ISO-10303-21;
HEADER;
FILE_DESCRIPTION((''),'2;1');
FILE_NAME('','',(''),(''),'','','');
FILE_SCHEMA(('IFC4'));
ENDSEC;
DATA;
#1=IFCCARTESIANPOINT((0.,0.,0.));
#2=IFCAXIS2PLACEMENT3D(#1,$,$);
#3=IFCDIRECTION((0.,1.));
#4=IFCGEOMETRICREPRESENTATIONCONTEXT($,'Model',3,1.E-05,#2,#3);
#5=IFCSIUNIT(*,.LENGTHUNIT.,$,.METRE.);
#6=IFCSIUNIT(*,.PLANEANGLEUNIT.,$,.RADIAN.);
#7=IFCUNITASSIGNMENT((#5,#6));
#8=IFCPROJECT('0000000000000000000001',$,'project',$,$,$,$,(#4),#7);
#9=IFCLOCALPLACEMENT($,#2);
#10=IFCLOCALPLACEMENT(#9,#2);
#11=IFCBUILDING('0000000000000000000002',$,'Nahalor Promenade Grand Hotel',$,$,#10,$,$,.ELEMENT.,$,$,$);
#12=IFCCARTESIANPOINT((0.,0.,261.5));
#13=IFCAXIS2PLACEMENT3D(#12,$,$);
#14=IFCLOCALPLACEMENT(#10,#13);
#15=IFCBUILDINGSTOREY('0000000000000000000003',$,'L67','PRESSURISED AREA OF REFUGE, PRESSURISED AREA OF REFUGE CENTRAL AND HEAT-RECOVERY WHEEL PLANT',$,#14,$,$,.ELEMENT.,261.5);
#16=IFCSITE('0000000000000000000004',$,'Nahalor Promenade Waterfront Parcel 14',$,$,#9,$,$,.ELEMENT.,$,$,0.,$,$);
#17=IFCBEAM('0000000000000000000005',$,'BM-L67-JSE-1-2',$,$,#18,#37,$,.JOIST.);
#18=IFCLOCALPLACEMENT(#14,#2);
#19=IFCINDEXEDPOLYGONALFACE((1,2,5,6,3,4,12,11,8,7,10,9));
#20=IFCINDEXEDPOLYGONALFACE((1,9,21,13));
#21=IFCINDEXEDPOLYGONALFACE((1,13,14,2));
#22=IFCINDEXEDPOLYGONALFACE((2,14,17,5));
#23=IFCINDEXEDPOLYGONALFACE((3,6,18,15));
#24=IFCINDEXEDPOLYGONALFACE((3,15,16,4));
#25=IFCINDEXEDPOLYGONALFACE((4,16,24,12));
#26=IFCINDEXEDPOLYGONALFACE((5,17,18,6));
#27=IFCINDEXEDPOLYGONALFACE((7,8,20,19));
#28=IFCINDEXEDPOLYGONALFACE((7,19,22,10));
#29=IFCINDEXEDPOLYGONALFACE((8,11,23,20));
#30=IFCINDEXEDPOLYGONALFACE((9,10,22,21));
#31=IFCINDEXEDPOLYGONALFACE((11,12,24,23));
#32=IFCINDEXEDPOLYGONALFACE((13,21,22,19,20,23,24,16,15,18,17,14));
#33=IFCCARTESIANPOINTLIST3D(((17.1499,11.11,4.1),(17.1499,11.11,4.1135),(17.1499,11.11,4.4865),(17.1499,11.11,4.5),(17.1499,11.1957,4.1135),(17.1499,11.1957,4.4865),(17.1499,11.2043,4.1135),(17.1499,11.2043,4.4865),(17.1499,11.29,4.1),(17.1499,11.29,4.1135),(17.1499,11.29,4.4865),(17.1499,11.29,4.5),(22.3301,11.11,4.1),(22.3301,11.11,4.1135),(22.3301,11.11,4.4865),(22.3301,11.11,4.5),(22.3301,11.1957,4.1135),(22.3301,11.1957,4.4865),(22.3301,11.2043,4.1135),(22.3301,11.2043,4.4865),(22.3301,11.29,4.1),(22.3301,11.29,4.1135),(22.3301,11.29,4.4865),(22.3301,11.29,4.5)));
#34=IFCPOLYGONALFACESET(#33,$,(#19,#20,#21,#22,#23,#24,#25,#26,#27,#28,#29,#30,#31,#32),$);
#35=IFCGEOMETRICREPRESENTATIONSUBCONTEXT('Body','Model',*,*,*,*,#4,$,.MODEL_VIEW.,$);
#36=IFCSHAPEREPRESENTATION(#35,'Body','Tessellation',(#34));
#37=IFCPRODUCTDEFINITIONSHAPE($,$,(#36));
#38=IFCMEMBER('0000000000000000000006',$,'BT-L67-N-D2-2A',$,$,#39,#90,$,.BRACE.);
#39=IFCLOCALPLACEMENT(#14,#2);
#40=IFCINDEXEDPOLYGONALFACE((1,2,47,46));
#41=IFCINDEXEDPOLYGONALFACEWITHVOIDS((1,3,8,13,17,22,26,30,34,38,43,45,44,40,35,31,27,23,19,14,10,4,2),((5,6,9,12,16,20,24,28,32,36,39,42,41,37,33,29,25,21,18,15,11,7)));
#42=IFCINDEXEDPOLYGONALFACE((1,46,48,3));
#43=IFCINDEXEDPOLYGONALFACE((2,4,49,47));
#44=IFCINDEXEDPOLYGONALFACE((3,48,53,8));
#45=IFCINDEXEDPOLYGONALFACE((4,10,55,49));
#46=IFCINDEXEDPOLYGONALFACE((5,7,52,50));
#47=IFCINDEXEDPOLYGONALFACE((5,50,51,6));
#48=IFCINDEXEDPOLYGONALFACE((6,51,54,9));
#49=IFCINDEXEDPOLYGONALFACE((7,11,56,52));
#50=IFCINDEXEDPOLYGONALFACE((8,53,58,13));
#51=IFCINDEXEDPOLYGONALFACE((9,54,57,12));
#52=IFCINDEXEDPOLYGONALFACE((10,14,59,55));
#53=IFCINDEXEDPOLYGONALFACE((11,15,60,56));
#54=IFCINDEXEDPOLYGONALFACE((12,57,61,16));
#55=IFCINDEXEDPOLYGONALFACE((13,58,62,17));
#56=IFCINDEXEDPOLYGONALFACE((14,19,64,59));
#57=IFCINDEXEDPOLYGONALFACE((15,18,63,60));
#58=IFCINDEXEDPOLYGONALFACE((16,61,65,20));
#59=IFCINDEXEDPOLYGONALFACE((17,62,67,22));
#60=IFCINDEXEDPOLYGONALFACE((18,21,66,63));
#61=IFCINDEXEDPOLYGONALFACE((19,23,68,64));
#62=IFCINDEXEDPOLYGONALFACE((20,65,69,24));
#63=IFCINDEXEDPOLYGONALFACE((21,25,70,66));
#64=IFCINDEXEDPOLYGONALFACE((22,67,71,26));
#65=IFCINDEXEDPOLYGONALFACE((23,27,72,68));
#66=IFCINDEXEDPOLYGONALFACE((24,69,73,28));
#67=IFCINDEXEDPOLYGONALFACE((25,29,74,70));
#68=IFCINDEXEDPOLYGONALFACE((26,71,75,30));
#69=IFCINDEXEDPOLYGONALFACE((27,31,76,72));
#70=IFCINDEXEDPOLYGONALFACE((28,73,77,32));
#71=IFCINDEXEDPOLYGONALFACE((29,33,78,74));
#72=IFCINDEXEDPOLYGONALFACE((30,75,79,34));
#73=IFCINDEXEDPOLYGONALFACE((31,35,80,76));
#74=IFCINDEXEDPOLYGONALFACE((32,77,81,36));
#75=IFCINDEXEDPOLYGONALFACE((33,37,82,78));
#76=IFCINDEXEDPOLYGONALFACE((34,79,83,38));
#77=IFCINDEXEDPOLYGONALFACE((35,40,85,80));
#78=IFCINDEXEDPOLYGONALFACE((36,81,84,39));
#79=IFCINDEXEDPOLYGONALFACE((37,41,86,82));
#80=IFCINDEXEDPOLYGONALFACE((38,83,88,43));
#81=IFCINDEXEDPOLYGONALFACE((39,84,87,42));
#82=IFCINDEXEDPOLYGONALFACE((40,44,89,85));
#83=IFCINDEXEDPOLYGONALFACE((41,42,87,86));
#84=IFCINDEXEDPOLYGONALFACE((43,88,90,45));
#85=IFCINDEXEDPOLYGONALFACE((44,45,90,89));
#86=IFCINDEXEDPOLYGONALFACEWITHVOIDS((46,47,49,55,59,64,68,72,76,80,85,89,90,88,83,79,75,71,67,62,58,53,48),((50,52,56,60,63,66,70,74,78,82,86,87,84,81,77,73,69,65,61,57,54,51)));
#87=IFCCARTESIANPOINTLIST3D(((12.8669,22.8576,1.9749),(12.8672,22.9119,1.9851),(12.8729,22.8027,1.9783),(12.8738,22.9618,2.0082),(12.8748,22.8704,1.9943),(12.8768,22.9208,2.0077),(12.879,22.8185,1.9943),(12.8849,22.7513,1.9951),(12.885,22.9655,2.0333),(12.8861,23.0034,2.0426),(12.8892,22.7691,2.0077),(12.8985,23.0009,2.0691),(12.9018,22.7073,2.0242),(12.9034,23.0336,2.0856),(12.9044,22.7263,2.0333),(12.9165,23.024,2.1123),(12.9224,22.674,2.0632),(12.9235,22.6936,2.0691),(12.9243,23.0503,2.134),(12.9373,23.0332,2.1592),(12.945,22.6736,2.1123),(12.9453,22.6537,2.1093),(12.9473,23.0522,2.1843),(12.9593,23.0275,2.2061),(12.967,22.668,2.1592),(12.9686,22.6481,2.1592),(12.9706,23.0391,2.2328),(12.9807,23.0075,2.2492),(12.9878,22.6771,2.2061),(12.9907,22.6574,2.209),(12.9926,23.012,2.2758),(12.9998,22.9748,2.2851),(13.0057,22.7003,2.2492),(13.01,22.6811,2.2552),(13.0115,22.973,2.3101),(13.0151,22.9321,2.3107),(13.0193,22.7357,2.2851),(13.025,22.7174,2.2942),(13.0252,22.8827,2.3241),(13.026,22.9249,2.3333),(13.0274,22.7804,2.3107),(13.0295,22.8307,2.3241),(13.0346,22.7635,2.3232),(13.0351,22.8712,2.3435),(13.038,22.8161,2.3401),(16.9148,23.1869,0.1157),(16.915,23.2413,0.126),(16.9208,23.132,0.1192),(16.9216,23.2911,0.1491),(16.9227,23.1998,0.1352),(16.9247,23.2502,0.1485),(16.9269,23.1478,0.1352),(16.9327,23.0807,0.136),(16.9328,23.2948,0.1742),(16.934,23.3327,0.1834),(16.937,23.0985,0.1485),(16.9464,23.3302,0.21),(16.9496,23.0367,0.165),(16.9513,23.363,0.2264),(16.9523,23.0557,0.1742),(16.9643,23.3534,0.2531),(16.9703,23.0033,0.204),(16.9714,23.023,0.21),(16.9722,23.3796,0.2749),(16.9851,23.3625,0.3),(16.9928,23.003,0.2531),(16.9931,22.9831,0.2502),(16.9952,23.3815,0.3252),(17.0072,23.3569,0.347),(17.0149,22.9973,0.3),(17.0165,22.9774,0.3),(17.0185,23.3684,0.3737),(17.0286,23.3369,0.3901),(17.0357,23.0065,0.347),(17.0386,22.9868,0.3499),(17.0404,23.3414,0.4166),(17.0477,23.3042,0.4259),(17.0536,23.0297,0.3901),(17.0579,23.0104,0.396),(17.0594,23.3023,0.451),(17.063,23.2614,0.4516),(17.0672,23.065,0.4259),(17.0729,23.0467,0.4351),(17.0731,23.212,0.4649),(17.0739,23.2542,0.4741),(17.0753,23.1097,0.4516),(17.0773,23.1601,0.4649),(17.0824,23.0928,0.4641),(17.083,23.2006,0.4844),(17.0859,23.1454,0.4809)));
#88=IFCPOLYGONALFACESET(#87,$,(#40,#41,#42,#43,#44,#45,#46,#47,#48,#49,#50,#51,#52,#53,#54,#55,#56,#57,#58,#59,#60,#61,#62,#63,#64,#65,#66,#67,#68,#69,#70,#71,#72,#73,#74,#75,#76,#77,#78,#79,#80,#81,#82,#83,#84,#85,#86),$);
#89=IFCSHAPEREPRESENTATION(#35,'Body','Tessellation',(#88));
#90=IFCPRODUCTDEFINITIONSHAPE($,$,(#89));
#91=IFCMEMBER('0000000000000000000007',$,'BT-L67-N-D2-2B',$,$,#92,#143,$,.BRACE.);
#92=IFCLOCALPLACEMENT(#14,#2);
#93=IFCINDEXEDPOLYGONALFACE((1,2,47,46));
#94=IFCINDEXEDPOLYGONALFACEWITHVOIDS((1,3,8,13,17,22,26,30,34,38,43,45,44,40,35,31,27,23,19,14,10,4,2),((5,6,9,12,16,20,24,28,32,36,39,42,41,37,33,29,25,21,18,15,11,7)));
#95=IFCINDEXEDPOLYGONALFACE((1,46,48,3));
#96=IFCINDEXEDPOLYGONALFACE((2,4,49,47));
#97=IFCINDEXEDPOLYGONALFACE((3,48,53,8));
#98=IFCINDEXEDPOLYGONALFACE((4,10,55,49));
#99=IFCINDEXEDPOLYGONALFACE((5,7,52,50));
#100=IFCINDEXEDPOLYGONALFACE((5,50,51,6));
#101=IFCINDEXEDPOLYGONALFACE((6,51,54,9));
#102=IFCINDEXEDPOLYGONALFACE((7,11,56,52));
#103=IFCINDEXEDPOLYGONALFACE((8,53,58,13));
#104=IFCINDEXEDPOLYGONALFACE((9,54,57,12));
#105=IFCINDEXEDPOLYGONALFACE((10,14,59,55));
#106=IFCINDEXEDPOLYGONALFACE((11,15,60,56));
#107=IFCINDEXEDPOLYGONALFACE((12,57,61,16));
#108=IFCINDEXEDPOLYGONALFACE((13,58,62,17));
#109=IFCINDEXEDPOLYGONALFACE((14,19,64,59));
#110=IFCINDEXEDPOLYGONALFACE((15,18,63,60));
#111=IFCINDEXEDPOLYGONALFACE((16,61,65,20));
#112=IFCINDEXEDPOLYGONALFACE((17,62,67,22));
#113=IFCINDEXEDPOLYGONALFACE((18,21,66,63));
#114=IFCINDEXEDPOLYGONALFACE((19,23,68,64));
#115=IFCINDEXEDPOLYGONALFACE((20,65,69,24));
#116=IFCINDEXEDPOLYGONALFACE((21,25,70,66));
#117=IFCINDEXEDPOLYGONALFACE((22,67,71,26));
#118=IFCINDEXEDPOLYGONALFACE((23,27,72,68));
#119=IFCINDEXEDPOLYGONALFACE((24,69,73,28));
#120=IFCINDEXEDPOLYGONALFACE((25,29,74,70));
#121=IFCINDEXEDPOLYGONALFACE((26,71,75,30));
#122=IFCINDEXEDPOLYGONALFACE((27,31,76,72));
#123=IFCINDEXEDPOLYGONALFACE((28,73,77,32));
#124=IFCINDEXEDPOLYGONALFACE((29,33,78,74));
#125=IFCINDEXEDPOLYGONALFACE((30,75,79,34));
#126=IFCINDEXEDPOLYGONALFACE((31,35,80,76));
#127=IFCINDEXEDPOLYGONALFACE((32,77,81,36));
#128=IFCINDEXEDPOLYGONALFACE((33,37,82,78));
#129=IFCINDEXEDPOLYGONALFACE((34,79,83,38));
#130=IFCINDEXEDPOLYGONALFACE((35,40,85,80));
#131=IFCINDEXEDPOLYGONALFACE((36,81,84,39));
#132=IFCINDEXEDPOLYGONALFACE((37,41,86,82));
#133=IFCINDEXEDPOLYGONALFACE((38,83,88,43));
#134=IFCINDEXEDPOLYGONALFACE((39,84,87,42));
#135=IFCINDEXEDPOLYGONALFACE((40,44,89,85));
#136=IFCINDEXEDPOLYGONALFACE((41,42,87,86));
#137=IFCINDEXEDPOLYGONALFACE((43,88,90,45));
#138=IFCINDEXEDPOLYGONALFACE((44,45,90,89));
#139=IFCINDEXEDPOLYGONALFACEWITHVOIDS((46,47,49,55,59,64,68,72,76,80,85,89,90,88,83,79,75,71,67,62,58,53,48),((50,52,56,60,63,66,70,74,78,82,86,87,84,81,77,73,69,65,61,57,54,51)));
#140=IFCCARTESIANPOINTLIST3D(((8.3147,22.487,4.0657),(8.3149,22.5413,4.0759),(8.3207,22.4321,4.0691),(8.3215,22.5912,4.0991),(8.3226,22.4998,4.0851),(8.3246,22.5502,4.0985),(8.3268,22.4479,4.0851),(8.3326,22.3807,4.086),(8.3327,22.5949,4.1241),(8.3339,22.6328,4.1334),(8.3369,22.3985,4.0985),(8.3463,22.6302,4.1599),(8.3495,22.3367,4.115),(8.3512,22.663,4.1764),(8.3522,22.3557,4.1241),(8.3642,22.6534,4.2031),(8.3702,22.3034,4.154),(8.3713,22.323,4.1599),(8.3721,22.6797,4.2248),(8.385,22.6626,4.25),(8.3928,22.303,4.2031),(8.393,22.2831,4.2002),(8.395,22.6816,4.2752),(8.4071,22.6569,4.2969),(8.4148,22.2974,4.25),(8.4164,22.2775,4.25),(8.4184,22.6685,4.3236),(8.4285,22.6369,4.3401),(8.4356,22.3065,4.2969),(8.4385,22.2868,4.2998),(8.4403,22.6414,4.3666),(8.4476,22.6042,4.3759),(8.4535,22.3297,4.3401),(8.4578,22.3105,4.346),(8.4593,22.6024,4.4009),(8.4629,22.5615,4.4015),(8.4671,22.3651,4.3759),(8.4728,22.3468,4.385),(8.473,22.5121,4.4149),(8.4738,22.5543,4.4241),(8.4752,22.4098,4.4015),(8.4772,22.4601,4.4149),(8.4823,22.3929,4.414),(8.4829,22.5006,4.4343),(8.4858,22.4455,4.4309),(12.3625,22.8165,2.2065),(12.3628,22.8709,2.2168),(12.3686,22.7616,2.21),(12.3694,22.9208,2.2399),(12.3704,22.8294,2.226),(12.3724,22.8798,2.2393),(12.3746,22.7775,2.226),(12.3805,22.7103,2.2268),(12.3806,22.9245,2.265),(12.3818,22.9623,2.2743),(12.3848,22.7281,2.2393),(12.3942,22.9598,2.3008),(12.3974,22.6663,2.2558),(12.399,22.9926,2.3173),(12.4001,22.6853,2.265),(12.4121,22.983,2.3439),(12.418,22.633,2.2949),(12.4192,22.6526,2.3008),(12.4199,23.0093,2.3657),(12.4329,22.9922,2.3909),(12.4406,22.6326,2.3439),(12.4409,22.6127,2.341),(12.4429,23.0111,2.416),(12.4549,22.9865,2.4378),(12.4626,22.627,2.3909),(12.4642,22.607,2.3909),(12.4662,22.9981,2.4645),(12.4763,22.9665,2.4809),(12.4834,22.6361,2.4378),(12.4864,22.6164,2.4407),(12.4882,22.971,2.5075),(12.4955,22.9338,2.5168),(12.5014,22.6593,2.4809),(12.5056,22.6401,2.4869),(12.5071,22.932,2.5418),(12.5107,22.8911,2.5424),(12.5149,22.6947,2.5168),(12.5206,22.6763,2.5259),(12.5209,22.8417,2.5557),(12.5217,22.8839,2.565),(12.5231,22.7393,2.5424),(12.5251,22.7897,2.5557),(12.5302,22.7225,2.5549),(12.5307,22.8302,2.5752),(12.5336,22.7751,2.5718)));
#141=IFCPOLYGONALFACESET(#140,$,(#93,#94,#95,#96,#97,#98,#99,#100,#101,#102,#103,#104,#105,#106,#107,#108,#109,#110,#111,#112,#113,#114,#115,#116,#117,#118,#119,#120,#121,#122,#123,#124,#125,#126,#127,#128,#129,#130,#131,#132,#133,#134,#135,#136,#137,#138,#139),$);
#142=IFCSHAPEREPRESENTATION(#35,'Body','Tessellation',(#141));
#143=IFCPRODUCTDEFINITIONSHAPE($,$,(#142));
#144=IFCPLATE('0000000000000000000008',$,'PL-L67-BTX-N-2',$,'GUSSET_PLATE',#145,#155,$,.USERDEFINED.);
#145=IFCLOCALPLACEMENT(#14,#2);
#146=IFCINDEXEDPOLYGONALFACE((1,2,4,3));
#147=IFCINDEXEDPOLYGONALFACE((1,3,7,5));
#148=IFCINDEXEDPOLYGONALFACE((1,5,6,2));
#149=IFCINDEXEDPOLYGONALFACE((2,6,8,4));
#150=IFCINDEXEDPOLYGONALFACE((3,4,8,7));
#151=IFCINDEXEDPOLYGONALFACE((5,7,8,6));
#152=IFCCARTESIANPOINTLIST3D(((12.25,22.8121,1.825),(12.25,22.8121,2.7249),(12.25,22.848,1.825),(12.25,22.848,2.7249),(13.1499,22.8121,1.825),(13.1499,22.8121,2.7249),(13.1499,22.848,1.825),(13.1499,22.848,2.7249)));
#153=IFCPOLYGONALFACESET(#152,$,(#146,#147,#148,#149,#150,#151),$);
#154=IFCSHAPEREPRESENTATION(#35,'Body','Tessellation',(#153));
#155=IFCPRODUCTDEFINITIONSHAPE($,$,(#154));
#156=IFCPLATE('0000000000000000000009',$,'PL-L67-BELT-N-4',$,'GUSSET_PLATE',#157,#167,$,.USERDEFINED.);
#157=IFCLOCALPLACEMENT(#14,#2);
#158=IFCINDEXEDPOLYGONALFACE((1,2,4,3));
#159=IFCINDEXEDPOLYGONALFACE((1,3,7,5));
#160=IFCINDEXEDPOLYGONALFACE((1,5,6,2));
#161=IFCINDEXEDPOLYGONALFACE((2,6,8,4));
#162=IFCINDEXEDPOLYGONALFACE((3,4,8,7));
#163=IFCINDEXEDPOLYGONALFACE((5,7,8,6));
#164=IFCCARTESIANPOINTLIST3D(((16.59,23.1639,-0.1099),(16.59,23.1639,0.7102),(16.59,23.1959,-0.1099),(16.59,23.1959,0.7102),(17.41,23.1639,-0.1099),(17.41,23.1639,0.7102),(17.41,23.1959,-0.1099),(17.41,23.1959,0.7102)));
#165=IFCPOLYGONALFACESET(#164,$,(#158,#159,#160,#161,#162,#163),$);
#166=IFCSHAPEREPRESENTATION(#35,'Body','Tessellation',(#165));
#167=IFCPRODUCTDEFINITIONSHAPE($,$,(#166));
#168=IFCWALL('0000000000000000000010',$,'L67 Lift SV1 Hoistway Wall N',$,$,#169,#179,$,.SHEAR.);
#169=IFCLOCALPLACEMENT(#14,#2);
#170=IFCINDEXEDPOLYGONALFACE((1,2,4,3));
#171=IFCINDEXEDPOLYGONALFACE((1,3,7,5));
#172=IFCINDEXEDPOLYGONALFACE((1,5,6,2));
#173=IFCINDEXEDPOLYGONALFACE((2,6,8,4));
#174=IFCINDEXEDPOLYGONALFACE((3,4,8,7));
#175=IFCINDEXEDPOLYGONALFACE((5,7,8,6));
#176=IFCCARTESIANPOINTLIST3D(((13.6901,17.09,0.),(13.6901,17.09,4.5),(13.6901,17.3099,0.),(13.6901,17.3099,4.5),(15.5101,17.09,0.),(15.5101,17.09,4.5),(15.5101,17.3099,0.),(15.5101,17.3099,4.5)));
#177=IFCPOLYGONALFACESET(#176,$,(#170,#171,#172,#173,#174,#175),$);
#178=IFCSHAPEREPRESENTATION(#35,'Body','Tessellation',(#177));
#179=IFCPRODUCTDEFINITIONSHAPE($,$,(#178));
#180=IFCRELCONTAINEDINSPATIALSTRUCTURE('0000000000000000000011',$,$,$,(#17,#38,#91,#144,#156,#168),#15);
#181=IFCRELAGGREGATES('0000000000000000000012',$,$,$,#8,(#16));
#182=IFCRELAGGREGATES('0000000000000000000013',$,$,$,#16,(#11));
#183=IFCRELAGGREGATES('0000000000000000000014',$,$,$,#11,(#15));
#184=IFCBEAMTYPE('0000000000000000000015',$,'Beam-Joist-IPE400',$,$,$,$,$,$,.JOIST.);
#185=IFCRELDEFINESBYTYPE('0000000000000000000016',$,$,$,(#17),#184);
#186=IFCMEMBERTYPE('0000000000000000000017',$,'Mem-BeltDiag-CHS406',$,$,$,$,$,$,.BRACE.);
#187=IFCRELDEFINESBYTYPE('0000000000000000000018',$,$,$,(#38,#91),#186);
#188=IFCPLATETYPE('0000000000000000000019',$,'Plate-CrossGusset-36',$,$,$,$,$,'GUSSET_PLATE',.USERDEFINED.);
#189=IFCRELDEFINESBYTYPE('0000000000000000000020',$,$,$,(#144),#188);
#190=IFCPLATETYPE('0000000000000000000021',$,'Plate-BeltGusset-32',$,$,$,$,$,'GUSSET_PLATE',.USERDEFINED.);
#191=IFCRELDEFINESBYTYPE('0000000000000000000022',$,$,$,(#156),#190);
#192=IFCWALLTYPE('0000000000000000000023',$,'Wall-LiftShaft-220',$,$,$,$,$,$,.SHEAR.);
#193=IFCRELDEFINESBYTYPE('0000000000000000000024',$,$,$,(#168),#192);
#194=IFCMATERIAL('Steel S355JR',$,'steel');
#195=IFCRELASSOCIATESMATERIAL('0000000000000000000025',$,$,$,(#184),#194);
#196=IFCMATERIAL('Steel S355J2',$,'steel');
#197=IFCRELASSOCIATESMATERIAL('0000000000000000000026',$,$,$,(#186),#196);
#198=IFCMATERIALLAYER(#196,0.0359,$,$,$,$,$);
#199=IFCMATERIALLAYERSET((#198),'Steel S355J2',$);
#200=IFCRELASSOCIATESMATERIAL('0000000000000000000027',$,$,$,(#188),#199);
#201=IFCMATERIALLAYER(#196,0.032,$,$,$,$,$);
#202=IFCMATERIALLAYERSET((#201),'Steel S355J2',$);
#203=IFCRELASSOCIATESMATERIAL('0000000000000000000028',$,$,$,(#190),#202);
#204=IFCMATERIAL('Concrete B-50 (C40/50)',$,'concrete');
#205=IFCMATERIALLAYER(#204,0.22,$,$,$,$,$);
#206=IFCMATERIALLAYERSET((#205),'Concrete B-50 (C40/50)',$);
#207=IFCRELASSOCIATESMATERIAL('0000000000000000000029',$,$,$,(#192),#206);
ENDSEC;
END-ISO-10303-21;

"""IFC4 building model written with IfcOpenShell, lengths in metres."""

from ifc_helpers import new_model, si_unit, direction, frame, frame_2d, origin, origin_2d, place, context, subcontext, project, spatial, rectangle, hollow_circle, i_section, extrude, source, transform, mapped, material, layer, layer_set, material_profile, profile_set, type_object, element, save


model = new_model("IFC4")

# Units and contexts
model_context = context("Model", 3, precision=1e-05, world=origin(), true_north=direction((0.0, 1.0)))
body_context = subcontext(model_context, "Body", "Model", "MODEL_VIEW")
ifc_project = project(units=[si_unit("LENGTHUNIT", "METRE"), si_unit("PLANEANGLEUNIT", "RADIAN")], contexts=[model_context])

# Site, building, storey
site_placement = place(None, origin())
site = spatial("IfcSite", under=ifc_project, at=site_placement, Name="Nahalor Promenade Waterfront Parcel 14", CompositionType="ELEMENT", RefElevation=0.0)
building_placement = place(site_placement, origin())
building = spatial("IfcBuilding", under=site, at=building_placement, Name="Nahalor Promenade Grand Hotel", CompositionType="ELEMENT")
storey_placement = place(building_placement, frame((0.0, 0.0, 261.5)))
storey = spatial("IfcBuildingStorey", under=building, at=storey_placement, Name="L67", Description="PRESSURISED AREA OF REFUGE, PRESSURISED AREA OF REFUGE CENTRAL AND HEAT-RECOVERY WHEEL PLANT", CompositionType="ELEMENT", Elevation=261.5)

# Shared definitions
ifc_material_1 = material(Name="Steel S355JR", Category="steel")

# Beam
ifc_material_profile_1 = material_profile(ifc_material_1, i_section(OverallWidth=0.18, OverallDepth=0.4, WebThickness=0.0086, FlangeThickness=0.0135, at=origin_2d()), Name="IPE 400")
ifc_profile_set_1 = profile_set([ifc_material_profile_1], Name="Steel S355JR")
beam_type_1 = type_object("IfcBeamType", Name="Beam-Joist-IPE400", PredefinedType="JOIST", material=ifc_profile_set_1)
shared_shape_1 = source(origin(), body_context, "Body", "SweptSolid", [
    extrude(i_section(OverallWidth=0.18, OverallDepth=0.4, WebThickness=0.0086, FlangeThickness=0.0135, at=origin_2d()), origin(), (0.0, 0.0, 1.0), 5.1802),
])
beam_placement = place(storey_placement, frame((17.1499, 11.2, 4.3), z_axis=(1.0, 0.0, 0.0), x_axis=(0.0, 1.0, 0.0)))
element("IfcBeam", 1, at=beam_placement, inside=storey, type_object=beam_type_1, Name="BM-L67-JSE-1-2", PredefinedType="JOIST", context=body_context, shape_type="MappedRepresentation", body=[
    mapped(shared_shape_1, transform((0.0, 0.0, 0.0), scale=1.0)),
])

# Members
ifc_material_2 = material(Name="Steel S355J2", Category="steel")
ifc_material_profile_2 = material_profile(ifc_material_2, hollow_circle(Radius=0.2032, WallThickness=0.02, at=origin_2d()), Name="CHS 406.4x20")
ifc_profile_set_2 = profile_set([ifc_material_profile_2], Name="Steel S355J2")
member_type = type_object("IfcMemberType", Name="Mem-BeltDiag-CHS406", PredefinedType="BRACE", material=ifc_profile_set_2)
shared_shape_2 = source(origin(), body_context, "Body", "SweptSolid", [
    extrude(hollow_circle(Radius=0.2032, WallThickness=0.02, at=origin_2d()), origin(), (0.0, 0.0, 1.0), 4.4666),
])
for number, where, z_axis, x_axis, name in (
    (2, (17.0, 23.1799, 0.3), (-0.906262, -0.073736, 0.416236), (0.081095, -0.996706, 0.0), "BT-L67-N-D2-2A"),
    (3, (12.4478, 22.8096, 2.3909), (-0.906258, -0.073791, 0.416234), (0.081155, -0.996702, 0.0), "BT-L67-N-D2-2B"),
):
    element("IfcMember", number, at=place(storey_placement, frame(where, z_axis=z_axis, x_axis=x_axis)), inside=storey, type_object=member_type, Name=name, PredefinedType="BRACE", context=body_context, shape_type="MappedRepresentation", body=[
        mapped(shared_shape_2, transform((0.0, 0.0, 0.0), scale=1.0)),
    ])

# Plates
ifc_layer_1 = layer(ifc_material_2, 0.0359)
ifc_layer_set_1 = layer_set([ifc_layer_1], Name="Steel S355J2")
plate_type_1 = type_object("IfcPlateType", Name="Plate-CrossGusset-36", ElementType="GUSSET_PLATE", PredefinedType="USERDEFINED", material=ifc_layer_set_1)
shared_shape_3 = source(origin(), body_context, "Body", "SweptSolid", [
    extrude(rectangle(XDim=0.8999, YDim=0.0359, at=origin_2d()), origin(), (0.0, 0.0, 1.0), 0.8999),
])
plate_1_placement = place(storey_placement, frame((12.7, 22.8301, 1.825), z_axis=(0.0, 0.0, 1.0), x_axis=(1.0, 0.0, 0.0)))
element("IfcPlate", 4, at=plate_1_placement, inside=storey, type_object=plate_type_1, Name="PL-L67-BTX-N-2", ObjectType="GUSSET_PLATE", PredefinedType="USERDEFINED", context=body_context, shape_type="MappedRepresentation", body=[
    mapped(shared_shape_3, transform((0.0, 0.0, 0.0), scale=1.0)),
])
ifc_layer_2 = layer(ifc_material_2, 0.032)
ifc_layer_set_2 = layer_set([ifc_layer_2], Name="Steel S355J2")
plate_type_2 = type_object("IfcPlateType", Name="Plate-BeltGusset-32", ElementType="GUSSET_PLATE", PredefinedType="USERDEFINED", material=ifc_layer_set_2)
shared_shape_4 = source(origin(), body_context, "Body", "SweptSolid", [
    extrude(rectangle(XDim=0.8201, YDim=0.032, at=origin_2d()), origin(), (0.0, 0.0, 1.0), 0.8201),
])
plate_2_placement = place(storey_placement, frame((17.0, 23.1799, -0.1099), z_axis=(0.0, 0.0, 1.0), x_axis=(1.0, 0.0, 0.0)))
element("IfcPlate", 5, at=plate_2_placement, inside=storey, type_object=plate_type_2, Name="PL-L67-BELT-N-4", ObjectType="GUSSET_PLATE", PredefinedType="USERDEFINED", context=body_context, shape_type="MappedRepresentation", body=[
    mapped(shared_shape_4, transform((0.0, 0.0, 0.0), scale=1.0)),
])

# Wall
ifc_material_3 = material(Name="Concrete B-50 (C40/50)", Category="concrete")
ifc_layer_3 = layer(ifc_material_3, 0.22)
ifc_layer_set_3 = layer_set([ifc_layer_3], Name="Concrete B-50 (C40/50)")
wall_type_1 = type_object("IfcWallType", Name="Wall-LiftShaft-220", PredefinedType="SHEAR", material=ifc_layer_set_3)
shared_shape_5 = source(origin(), body_context, "Body", "SweptSolid", [
    extrude(rectangle(XDim=1.8201, YDim=0.22, at=frame_2d((0.9102, 0.0))), origin(), (0.0, 0.0, 1.0), 4.5),
])
wall_1_placement = place(storey_placement, frame((13.6899, 17.2, 0.0), z_axis=(0.0, 0.0, 1.0), x_axis=(1.0, 0.0, 0.0)))
element("IfcWall", 6, at=wall_1_placement, inside=storey, type_object=wall_type_1, Name="L67 Lift SV1 Hoistway Wall N", PredefinedType="SHEAR", context=body_context, shape_type="MappedRepresentation", body=[
    mapped(shared_shape_5, transform((0.0, 0.0, 0.0), scale=1.0)),
])

save(model, "model.ifc")
